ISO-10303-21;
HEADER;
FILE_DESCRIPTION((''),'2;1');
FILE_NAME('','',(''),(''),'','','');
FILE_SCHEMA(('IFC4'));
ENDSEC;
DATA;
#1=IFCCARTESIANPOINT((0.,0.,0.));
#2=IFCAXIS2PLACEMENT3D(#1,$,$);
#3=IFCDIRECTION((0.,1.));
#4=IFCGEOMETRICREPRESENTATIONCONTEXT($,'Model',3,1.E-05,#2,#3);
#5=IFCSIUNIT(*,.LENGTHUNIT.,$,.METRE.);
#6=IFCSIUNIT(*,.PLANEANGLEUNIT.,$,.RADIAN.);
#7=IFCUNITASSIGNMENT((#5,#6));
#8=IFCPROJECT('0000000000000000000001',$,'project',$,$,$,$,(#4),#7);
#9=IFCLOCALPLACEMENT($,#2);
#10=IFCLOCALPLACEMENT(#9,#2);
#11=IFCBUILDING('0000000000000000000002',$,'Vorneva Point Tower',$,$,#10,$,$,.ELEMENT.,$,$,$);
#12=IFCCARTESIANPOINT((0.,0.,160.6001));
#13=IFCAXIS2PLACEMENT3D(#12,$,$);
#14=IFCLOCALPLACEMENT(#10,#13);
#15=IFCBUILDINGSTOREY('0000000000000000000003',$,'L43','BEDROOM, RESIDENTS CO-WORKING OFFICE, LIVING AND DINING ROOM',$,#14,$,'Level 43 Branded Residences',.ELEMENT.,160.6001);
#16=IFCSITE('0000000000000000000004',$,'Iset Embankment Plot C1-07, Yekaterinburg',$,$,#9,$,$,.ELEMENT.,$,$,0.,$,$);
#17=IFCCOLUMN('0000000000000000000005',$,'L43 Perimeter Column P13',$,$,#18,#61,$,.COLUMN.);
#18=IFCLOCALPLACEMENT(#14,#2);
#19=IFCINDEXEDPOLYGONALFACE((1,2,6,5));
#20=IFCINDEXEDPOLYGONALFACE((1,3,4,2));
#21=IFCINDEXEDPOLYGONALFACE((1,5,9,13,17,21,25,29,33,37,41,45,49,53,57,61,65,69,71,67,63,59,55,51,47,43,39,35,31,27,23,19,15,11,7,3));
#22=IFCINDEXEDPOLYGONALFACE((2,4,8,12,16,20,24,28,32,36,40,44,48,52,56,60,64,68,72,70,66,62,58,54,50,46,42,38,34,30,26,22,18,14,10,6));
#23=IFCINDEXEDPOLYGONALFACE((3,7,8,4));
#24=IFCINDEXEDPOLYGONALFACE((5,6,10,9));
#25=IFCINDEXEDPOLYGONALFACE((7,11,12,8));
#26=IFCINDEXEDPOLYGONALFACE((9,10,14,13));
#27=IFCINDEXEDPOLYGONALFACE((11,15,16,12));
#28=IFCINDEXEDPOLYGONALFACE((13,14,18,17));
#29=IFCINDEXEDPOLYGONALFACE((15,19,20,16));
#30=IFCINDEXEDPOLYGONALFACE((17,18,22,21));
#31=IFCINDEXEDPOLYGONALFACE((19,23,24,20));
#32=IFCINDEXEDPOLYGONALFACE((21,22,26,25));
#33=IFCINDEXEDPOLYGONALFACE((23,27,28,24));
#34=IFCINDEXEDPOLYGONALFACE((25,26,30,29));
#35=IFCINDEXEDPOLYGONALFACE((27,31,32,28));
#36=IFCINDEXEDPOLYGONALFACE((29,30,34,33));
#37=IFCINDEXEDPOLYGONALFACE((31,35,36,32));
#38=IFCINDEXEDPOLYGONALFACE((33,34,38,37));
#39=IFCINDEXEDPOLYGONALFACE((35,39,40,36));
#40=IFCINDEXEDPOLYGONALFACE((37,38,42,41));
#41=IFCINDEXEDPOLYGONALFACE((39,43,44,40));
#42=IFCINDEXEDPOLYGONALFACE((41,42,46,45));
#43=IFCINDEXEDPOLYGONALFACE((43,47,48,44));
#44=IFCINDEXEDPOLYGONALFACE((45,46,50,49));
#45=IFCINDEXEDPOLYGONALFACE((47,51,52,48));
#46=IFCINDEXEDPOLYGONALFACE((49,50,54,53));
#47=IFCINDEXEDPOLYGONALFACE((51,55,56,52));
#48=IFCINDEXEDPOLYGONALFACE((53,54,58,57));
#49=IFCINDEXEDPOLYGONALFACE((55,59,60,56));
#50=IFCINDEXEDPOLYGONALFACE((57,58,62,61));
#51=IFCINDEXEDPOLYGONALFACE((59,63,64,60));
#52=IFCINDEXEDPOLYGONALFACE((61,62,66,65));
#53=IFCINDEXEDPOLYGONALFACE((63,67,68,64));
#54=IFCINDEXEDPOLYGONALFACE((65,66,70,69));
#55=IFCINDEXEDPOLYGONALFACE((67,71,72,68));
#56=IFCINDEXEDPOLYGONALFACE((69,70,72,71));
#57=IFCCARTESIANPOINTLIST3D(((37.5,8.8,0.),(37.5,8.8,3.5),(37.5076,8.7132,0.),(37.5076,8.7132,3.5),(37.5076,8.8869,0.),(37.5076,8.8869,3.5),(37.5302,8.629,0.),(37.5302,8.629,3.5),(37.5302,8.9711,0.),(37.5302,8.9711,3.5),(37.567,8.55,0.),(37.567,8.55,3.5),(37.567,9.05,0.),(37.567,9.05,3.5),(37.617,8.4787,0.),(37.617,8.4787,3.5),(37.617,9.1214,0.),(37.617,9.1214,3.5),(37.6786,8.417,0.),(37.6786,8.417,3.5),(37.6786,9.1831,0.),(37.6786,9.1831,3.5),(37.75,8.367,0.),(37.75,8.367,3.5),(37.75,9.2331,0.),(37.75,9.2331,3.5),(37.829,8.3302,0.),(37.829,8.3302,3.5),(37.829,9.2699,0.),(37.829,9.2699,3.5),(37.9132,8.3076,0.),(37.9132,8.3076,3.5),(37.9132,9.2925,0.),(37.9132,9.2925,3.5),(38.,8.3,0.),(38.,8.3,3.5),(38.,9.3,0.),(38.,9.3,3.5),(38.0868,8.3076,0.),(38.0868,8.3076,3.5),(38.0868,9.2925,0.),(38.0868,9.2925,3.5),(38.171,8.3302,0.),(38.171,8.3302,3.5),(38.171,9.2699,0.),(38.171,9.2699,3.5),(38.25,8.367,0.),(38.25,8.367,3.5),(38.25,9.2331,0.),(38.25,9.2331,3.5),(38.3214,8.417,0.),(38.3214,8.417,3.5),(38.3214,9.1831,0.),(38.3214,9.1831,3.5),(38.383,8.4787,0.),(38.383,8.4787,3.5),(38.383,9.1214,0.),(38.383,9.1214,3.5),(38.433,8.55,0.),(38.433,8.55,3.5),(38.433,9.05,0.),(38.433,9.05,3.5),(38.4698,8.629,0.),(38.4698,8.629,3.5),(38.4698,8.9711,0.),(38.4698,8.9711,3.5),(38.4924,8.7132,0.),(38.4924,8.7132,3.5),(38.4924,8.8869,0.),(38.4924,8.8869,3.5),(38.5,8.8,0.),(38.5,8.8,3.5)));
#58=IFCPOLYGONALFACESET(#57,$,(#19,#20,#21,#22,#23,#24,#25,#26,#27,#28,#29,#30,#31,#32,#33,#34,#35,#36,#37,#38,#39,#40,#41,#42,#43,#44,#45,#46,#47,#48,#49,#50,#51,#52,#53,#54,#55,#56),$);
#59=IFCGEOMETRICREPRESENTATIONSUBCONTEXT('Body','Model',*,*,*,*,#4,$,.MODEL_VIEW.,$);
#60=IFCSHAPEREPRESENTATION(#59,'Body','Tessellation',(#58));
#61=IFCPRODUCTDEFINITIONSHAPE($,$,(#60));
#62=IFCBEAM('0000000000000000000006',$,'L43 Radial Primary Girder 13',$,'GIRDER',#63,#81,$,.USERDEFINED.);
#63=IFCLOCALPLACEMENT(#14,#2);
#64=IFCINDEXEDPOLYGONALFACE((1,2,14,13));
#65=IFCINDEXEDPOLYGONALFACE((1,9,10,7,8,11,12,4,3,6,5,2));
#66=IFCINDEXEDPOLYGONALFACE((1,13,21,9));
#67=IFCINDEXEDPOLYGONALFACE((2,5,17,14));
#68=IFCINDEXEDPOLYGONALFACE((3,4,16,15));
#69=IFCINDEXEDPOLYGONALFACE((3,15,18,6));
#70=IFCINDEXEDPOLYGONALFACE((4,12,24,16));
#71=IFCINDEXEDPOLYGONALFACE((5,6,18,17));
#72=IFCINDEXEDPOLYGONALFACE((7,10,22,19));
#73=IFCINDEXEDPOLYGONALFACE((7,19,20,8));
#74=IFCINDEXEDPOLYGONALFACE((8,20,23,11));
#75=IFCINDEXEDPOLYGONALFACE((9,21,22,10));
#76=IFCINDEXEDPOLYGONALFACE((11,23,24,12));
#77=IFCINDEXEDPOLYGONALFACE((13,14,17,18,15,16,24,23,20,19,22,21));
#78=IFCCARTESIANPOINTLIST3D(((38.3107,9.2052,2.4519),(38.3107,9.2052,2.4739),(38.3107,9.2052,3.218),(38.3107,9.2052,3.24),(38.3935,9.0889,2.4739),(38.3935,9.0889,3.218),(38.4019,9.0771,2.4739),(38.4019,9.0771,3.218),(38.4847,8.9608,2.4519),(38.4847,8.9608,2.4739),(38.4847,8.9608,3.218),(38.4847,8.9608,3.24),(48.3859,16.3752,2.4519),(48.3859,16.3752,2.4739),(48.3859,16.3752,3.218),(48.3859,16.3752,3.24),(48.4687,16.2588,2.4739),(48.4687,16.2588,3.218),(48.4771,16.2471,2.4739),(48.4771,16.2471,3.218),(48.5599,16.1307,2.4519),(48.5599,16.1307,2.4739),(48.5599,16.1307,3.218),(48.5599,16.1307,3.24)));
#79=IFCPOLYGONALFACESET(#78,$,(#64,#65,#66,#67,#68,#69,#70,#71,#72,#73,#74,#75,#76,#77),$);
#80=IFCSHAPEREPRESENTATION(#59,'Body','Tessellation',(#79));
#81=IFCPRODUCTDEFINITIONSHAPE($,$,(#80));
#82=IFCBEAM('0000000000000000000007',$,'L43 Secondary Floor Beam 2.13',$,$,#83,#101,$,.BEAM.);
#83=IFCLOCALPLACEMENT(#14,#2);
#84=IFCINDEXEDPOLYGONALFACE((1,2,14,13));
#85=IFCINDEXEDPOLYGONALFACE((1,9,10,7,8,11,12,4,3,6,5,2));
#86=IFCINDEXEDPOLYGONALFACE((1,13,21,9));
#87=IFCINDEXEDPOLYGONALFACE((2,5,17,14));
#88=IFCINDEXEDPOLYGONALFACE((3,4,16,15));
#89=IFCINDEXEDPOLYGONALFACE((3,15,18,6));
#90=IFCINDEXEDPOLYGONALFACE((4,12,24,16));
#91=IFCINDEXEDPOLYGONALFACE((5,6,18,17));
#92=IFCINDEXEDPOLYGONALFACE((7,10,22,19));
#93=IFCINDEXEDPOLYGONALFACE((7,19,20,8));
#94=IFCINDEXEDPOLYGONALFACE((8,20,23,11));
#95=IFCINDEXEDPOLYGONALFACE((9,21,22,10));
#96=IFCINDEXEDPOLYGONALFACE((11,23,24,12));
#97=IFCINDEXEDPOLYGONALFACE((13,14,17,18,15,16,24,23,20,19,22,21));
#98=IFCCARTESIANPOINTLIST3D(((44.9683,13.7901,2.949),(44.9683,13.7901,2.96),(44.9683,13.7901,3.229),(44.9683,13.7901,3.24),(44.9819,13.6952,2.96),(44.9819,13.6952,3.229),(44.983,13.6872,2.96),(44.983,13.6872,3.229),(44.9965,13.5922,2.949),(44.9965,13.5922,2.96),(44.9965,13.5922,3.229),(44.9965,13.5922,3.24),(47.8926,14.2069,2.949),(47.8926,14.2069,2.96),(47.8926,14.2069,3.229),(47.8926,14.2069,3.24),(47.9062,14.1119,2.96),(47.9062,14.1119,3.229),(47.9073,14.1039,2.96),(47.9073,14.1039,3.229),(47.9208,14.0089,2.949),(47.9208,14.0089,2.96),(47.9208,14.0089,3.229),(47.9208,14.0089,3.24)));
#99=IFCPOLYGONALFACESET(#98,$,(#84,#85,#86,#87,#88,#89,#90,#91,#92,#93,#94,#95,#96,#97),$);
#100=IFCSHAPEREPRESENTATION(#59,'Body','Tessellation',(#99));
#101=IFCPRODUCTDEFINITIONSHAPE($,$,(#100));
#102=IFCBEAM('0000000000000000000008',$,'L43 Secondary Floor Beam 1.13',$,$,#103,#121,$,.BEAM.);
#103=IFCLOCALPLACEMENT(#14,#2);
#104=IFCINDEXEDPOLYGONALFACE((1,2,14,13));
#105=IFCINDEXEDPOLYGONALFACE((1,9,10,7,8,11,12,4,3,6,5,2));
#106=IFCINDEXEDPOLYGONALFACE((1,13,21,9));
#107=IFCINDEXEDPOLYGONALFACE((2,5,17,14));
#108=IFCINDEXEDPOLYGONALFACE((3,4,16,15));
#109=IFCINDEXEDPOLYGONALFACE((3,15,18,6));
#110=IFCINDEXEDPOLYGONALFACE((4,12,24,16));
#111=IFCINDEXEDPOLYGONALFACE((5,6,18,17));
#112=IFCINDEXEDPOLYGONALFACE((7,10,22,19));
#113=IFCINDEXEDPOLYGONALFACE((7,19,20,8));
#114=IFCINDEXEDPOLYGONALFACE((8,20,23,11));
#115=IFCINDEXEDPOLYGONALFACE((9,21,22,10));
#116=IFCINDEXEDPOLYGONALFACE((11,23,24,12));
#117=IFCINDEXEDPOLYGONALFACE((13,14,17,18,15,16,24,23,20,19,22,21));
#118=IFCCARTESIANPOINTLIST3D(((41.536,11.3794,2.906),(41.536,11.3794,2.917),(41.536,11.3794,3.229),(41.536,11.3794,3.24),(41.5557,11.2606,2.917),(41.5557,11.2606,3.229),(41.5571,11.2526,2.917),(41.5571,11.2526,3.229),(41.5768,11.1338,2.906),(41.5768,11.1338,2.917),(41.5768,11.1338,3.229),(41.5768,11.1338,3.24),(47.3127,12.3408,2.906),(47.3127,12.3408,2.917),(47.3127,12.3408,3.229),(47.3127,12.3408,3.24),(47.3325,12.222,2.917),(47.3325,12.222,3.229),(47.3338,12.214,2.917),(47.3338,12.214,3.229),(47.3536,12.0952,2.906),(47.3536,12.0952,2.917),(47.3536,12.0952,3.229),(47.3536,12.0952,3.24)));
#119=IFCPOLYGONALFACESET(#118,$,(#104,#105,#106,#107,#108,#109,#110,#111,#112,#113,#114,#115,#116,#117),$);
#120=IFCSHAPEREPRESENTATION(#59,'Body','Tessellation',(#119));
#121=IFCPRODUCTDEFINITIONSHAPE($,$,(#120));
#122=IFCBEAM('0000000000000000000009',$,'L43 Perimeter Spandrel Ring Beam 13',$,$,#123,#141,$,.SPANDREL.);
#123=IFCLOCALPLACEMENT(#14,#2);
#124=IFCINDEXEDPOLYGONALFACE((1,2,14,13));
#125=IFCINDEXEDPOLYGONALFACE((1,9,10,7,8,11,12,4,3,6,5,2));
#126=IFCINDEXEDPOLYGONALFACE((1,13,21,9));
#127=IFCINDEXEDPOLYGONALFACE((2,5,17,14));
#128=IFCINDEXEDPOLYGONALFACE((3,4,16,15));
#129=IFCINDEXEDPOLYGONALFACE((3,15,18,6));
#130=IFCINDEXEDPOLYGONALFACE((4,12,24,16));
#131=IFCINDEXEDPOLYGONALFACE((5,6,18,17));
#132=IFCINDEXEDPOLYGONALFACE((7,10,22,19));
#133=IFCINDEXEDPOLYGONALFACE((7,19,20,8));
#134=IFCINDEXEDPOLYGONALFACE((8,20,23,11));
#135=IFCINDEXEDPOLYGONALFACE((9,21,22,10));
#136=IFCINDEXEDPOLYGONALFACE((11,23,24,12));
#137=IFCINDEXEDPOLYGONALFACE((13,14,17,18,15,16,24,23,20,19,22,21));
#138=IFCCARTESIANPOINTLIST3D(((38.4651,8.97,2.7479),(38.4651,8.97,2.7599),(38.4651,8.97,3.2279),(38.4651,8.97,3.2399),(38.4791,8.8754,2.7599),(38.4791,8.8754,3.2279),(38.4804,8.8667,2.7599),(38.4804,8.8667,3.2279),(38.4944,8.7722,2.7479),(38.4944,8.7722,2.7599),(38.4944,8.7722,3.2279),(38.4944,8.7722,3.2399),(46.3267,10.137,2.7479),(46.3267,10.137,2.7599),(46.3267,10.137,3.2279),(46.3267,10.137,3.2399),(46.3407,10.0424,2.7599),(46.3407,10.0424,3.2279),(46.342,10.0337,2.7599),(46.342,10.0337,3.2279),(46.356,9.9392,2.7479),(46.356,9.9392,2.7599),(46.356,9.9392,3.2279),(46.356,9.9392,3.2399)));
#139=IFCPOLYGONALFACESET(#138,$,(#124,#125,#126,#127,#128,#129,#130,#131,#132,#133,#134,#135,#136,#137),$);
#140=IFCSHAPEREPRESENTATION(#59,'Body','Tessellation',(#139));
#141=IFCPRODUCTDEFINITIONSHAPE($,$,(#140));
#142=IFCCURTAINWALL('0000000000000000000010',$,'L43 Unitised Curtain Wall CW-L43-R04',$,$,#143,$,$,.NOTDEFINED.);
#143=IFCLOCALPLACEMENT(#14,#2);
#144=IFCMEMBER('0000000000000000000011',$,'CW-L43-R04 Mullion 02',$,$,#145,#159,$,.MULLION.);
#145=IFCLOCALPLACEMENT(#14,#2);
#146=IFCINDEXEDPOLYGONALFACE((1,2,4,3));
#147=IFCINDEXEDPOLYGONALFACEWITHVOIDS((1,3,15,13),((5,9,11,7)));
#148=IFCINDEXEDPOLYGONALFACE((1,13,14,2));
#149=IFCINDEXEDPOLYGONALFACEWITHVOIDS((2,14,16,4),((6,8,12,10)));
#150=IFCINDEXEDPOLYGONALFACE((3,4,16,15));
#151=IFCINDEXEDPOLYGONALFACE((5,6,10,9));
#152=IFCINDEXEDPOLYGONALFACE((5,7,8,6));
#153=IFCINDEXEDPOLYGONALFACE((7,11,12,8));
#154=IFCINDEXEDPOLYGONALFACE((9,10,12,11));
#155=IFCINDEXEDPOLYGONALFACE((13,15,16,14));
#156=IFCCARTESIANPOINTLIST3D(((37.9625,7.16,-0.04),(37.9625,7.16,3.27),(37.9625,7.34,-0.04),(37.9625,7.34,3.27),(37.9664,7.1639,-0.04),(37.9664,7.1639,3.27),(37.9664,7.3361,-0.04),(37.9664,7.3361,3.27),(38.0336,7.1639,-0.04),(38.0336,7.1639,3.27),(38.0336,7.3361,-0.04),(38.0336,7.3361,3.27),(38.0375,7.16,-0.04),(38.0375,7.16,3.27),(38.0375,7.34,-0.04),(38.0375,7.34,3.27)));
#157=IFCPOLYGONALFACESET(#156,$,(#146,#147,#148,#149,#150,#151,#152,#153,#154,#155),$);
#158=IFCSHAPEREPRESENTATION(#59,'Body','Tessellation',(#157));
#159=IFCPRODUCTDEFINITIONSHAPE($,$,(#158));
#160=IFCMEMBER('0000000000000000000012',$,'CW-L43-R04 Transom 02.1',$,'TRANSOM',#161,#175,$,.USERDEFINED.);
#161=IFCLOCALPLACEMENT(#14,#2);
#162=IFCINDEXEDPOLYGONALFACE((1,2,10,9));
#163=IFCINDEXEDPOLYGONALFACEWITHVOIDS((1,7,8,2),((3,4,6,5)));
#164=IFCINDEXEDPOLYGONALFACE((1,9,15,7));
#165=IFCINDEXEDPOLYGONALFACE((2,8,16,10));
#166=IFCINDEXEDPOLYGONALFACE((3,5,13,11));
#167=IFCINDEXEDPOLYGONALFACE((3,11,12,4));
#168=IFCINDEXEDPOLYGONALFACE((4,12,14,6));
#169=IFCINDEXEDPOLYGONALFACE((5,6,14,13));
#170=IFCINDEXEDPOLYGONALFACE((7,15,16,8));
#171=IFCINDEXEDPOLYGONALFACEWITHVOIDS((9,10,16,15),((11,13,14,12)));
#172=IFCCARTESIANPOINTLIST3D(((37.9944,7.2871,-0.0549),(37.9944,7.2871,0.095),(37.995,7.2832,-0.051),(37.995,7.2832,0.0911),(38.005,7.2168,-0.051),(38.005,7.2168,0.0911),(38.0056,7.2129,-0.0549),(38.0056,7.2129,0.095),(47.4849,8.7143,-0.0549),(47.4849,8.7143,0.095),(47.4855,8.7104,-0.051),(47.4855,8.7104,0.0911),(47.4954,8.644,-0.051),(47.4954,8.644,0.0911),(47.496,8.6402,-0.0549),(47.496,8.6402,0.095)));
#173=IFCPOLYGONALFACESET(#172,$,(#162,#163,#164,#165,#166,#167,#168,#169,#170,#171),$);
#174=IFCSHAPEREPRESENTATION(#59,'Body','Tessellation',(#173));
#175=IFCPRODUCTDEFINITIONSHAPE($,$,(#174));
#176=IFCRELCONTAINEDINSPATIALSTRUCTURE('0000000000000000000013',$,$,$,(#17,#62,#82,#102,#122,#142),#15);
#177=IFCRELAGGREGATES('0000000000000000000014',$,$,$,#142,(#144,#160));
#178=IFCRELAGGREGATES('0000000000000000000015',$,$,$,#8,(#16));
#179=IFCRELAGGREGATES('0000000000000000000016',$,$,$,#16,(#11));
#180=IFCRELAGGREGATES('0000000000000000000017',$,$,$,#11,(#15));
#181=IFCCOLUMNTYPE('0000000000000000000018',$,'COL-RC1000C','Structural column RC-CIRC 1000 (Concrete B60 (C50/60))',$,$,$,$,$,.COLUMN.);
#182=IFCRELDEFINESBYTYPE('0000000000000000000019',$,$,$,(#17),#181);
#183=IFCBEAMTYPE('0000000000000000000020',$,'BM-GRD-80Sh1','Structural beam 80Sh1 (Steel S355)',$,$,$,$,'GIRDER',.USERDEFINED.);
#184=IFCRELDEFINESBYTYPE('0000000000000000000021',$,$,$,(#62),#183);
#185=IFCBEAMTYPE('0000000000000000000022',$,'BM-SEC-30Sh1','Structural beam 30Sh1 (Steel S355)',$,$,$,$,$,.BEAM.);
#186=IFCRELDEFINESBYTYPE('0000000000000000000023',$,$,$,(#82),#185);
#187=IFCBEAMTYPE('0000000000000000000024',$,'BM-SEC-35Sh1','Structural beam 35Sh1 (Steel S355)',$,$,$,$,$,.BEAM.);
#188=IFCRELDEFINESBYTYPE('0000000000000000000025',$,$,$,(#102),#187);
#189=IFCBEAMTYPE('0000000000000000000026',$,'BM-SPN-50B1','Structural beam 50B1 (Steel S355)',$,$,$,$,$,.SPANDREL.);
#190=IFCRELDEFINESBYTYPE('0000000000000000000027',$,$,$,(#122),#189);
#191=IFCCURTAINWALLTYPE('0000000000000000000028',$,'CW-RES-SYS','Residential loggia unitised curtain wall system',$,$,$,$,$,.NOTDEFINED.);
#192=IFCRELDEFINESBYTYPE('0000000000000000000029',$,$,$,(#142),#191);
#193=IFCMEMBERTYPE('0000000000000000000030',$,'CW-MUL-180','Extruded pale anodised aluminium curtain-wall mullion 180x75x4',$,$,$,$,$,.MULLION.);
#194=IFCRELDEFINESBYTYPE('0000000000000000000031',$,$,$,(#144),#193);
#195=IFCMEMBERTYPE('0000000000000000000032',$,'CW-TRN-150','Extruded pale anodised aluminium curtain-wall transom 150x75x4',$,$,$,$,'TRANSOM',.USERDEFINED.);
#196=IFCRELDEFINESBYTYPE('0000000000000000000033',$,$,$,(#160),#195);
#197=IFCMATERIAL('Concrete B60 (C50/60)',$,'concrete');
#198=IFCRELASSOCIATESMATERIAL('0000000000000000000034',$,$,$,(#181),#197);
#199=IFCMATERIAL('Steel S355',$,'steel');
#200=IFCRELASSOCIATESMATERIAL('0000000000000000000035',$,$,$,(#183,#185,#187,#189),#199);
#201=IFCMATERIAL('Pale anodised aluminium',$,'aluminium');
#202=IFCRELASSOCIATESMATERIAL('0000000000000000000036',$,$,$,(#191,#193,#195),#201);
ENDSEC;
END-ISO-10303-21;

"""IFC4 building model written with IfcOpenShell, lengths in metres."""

from ifc_helpers import new_model, si_unit, direction, frame, origin, origin_2d, place, context, subcontext, project, spatial, hollow_rectangle, circle, i_section, extrude, material, material_profile, profile_set, type_object, element, aggregate, save


model = new_model("IFC4")

# Units and contexts
model_context = context("Model", 3, precision=1e-05, world=origin(), true_north=direction((0.0, 1.0)))
body_context = subcontext(model_context, "Body", "Model", "MODEL_VIEW")
ifc_project = project(units=[si_unit("LENGTHUNIT", "METRE"), si_unit("PLANEANGLEUNIT", "RADIAN")], contexts=[model_context])

# Site, building, storey
site_placement = place(None, origin())
site = spatial("IfcSite", under=ifc_project, at=site_placement, Name="Iset Embankment Plot C1-07, Yekaterinburg", CompositionType="ELEMENT", RefElevation=0.0)
building_placement = place(site_placement, origin())
building = spatial("IfcBuilding", under=site, at=building_placement, Name="Vorneva Point Tower", CompositionType="ELEMENT")
storey_placement = place(building_placement, frame((0.0, 0.0, 160.6001)))
storey = spatial("IfcBuildingStorey", under=building, at=storey_placement, Name="L43", Description="BEDROOM, RESIDENTS CO-WORKING OFFICE, LIVING AND DINING ROOM", LongName="Level 43 Branded Residences", CompositionType="ELEMENT", Elevation=160.6001)

# Column
ifc_material_1 = material(Name="Concrete B60 (C50/60)", Category="concrete")
ifc_material_profile_1 = material_profile(ifc_material_1, circle(Radius=0.5, at=origin_2d()), Name="RC-CIRC 1000")
ifc_profile_set_1 = profile_set([ifc_material_profile_1], Name="Concrete B60 (C50/60)")
column_type = type_object("IfcColumnType", Name="COL-RC1000C", Description="Structural column RC-CIRC 1000 (Concrete B60 (C50/60))", PredefinedType="COLUMN", material=ifc_profile_set_1)
column_placement = place(storey_placement, frame((38.0, 8.8, 0.0), z_axis=(0.0, 0.0, 1.0), x_axis=(0.0, -1.0, 0.0)))
element("IfcColumn", 1, at=column_placement, inside=storey, type_object=column_type, Name="L43 Perimeter Column P13", PredefinedType="COLUMN", context=body_context, shape_type="SweptSolid", body=[
    extrude(circle(Radius=0.5, at=origin_2d()), origin(), (0.0, 0.0, 1.0), 3.5),
])

# Beams
ifc_material_2 = material(Name="Steel S355", Category="steel")
ifc_material_profile_2 = material_profile(ifc_material_2, i_section(OverallWidth=0.3, OverallDepth=0.7881, WebThickness=0.0144, FlangeThickness=0.022, at=origin_2d()), Name="80Sh1")
ifc_profile_set_2 = profile_set([ifc_material_profile_2], Name="Steel S355")
beam_type_1 = type_object("IfcBeamType", Name="BM-GRD-80Sh1", Description="Structural beam 80Sh1 (Steel S355)", ElementType="GIRDER", PredefinedType="USERDEFINED", material=ifc_profile_set_2)
beam_1_placement = place(storey_placement, frame((38.3977, 9.083, 2.8459), z_axis=(0.814751, 0.57981, 0.0), x_axis=(-0.57981, 0.814751, 0.0)))
element("IfcBeam", 2, at=beam_1_placement, inside=storey, type_object=beam_type_1, Name="L43 Radial Primary Girder 13", ObjectType="GIRDER", PredefinedType="USERDEFINED", context=body_context, shape_type="SweptSolid", body=[
    extrude(i_section(OverallWidth=0.3, OverallDepth=0.7881, WebThickness=0.0144, FlangeThickness=0.022, at=origin_2d()), origin(), (0.0, 0.0, 1.0), 12.366),
])
ifc_material_profile_3 = material_profile(ifc_material_2, i_section(OverallWidth=0.2, OverallDepth=0.291, WebThickness=0.0081, FlangeThickness=0.011, at=origin_2d()), Name="30Sh1")
ifc_profile_set_3 = profile_set([ifc_material_profile_3], Name="Steel S355")
beam_type_2 = type_object("IfcBeamType", Name="BM-SEC-30Sh1", Description="Structural beam 30Sh1 (Steel S355)", PredefinedType="BEAM", material=ifc_profile_set_3)
beam_2_placement = place(storey_placement, frame((44.9824, 13.6912, 3.0945), z_axis=(0.989997, 0.141086, 0.0), x_axis=(-0.141086, 0.989997, 0.0)))
element("IfcBeam", 3, at=beam_2_placement, inside=storey, type_object=beam_type_2, Name="L43 Secondary Floor Beam 2.13", PredefinedType="BEAM", context=body_context, shape_type="SweptSolid", body=[
    extrude(i_section(OverallWidth=0.2, OverallDepth=0.291, WebThickness=0.0081, FlangeThickness=0.011, at=origin_2d()), origin(), (0.0, 0.0, 1.0), 2.9539),
])
ifc_material_profile_4 = material_profile(ifc_material_2, i_section(OverallWidth=0.249, OverallDepth=0.334, WebThickness=0.0081, FlangeThickness=0.011, at=origin_2d()), Name="35Sh1")
ifc_profile_set_4 = profile_set([ifc_material_profile_4], Name="Steel S355")
beam_type_3 = type_object("IfcBeamType", Name="BM-SEC-35Sh1", Description="Structural beam 35Sh1 (Steel S355)", PredefinedType="BEAM", material=ifc_profile_set_4)
beam_3_placement = place(storey_placement, frame((41.5564, 11.2566, 3.073), z_axis=(0.986432, 0.164169, 0.0), x_axis=(-0.164169, 0.986432, 0.0)))
element("IfcBeam", 4, at=beam_3_placement, inside=storey, type_object=beam_type_3, Name="L43 Secondary Floor Beam 1.13", PredefinedType="BEAM", context=body_context, shape_type="SweptSolid", body=[
    extrude(i_section(OverallWidth=0.249, OverallDepth=0.334, WebThickness=0.0081, FlangeThickness=0.011, at=origin_2d()), origin(), (0.0, 0.0, 1.0), 5.8562),
])
ifc_material_profile_5 = material_profile(ifc_material_2, i_section(OverallWidth=0.2, OverallDepth=0.4919, WebThickness=0.0088, FlangeThickness=0.012, at=origin_2d()), Name="50B1")
ifc_profile_set_5 = profile_set([ifc_material_profile_5], Name="Steel S355")
beam_type_4 = type_object("IfcBeamType", Name="BM-SPN-50B1", Description="Structural beam 50B1 (Steel S355)", PredefinedType="SPANDREL", material=ifc_profile_set_5)
beam_4_placement = place(storey_placement, frame((38.4797, 8.8711, 2.9939), z_axis=(0.989161, 0.146834, 0.0), x_axis=(-0.146834, 0.989161, 0.0)))
element("IfcBeam", 5, at=beam_4_placement, inside=storey, type_object=beam_type_4, Name="L43 Perimeter Spandrel Ring Beam 13", PredefinedType="SPANDREL", context=body_context, shape_type="SweptSolid", body=[
    extrude(i_section(OverallWidth=0.2, OverallDepth=0.4919, WebThickness=0.0088, FlangeThickness=0.012, at=origin_2d()), origin(), (0.0, 0.0, 1.0), 7.9478),
])

# Curtain wall, members
ifc_material_3 = material(Name="Pale anodised aluminium", Category="aluminium")
curtain_wall_type = type_object("IfcCurtainWallType", Name="CW-RES-SYS", Description="Residential loggia unitised curtain wall system", PredefinedType="NOTDEFINED", material=ifc_material_3)
curtain_wall_placement = place(storey_placement, origin())
curtain_wall = element("IfcCurtainWall", 6, at=curtain_wall_placement, inside=storey, type_object=curtain_wall_type, Name="L43 Unitised Curtain Wall CW-L43-R04", PredefinedType="NOTDEFINED")
ifc_material_profile_6 = material_profile(ifc_material_3, hollow_rectangle(XDim=0.075, YDim=0.1799, WallThickness=0.0039, at=origin_2d()), Name="AL-MUL 180x75x4")
ifc_profile_set_6 = profile_set([ifc_material_profile_6], Name="Pale anodised aluminium")
member_type_1 = type_object("IfcMemberType", Name="CW-MUL-180", Description="Extruded pale anodised aluminium curtain-wall mullion 180x75x4", PredefinedType="MULLION", material=ifc_profile_set_6)
member_1_placement = place(storey_placement, frame((38.0, 7.25, -0.04), z_axis=(0.0, 0.0, 1.0), x_axis=(1.0, 0.0, 0.0)))
member_1 = element("IfcMember", 7, at=member_1_placement, type_object=member_type_1, Name="CW-L43-R04 Mullion 02", PredefinedType="MULLION", context=body_context, shape_type="SweptSolid", body=[
    extrude(hollow_rectangle(XDim=0.075, YDim=0.1799, WallThickness=0.0039, at=origin_2d()), origin(), (0.0, 0.0, 1.0), 3.3101),
])
ifc_material_profile_7 = material_profile(ifc_material_3, hollow_rectangle(XDim=0.075, YDim=0.1499, WallThickness=0.0039, at=origin_2d()), Name="AL-TRN 150x75x4")
ifc_profile_set_7 = profile_set([ifc_material_profile_7], Name="Pale anodised aluminium")
member_type_2 = type_object("IfcMemberType", Name="CW-TRN-150", Description="Extruded pale anodised aluminium curtain-wall transom 150x75x4", ElementType="TRANSOM", PredefinedType="USERDEFINED", material=ifc_profile_set_7)
member_2_placement = place(storey_placement, frame((38.0, 7.25, 0.02), z_axis=(0.98888, 0.148715, 0.0), x_axis=(-0.148715, 0.98888, 0.0)))
member_2 = element("IfcMember", 8, at=member_2_placement, type_object=member_type_2, Name="CW-L43-R04 Transom 02.1", ObjectType="TRANSOM", PredefinedType="USERDEFINED", context=body_context, shape_type="SweptSolid", body=[
    extrude(hollow_rectangle(XDim=0.075, YDim=0.1499, WallThickness=0.0039, at=origin_2d()), origin(), (0.0, 0.0, 1.0), 9.5972),
])
aggregate(curtain_wall, [member_1, member_2])

save(model, "model.ifc")
